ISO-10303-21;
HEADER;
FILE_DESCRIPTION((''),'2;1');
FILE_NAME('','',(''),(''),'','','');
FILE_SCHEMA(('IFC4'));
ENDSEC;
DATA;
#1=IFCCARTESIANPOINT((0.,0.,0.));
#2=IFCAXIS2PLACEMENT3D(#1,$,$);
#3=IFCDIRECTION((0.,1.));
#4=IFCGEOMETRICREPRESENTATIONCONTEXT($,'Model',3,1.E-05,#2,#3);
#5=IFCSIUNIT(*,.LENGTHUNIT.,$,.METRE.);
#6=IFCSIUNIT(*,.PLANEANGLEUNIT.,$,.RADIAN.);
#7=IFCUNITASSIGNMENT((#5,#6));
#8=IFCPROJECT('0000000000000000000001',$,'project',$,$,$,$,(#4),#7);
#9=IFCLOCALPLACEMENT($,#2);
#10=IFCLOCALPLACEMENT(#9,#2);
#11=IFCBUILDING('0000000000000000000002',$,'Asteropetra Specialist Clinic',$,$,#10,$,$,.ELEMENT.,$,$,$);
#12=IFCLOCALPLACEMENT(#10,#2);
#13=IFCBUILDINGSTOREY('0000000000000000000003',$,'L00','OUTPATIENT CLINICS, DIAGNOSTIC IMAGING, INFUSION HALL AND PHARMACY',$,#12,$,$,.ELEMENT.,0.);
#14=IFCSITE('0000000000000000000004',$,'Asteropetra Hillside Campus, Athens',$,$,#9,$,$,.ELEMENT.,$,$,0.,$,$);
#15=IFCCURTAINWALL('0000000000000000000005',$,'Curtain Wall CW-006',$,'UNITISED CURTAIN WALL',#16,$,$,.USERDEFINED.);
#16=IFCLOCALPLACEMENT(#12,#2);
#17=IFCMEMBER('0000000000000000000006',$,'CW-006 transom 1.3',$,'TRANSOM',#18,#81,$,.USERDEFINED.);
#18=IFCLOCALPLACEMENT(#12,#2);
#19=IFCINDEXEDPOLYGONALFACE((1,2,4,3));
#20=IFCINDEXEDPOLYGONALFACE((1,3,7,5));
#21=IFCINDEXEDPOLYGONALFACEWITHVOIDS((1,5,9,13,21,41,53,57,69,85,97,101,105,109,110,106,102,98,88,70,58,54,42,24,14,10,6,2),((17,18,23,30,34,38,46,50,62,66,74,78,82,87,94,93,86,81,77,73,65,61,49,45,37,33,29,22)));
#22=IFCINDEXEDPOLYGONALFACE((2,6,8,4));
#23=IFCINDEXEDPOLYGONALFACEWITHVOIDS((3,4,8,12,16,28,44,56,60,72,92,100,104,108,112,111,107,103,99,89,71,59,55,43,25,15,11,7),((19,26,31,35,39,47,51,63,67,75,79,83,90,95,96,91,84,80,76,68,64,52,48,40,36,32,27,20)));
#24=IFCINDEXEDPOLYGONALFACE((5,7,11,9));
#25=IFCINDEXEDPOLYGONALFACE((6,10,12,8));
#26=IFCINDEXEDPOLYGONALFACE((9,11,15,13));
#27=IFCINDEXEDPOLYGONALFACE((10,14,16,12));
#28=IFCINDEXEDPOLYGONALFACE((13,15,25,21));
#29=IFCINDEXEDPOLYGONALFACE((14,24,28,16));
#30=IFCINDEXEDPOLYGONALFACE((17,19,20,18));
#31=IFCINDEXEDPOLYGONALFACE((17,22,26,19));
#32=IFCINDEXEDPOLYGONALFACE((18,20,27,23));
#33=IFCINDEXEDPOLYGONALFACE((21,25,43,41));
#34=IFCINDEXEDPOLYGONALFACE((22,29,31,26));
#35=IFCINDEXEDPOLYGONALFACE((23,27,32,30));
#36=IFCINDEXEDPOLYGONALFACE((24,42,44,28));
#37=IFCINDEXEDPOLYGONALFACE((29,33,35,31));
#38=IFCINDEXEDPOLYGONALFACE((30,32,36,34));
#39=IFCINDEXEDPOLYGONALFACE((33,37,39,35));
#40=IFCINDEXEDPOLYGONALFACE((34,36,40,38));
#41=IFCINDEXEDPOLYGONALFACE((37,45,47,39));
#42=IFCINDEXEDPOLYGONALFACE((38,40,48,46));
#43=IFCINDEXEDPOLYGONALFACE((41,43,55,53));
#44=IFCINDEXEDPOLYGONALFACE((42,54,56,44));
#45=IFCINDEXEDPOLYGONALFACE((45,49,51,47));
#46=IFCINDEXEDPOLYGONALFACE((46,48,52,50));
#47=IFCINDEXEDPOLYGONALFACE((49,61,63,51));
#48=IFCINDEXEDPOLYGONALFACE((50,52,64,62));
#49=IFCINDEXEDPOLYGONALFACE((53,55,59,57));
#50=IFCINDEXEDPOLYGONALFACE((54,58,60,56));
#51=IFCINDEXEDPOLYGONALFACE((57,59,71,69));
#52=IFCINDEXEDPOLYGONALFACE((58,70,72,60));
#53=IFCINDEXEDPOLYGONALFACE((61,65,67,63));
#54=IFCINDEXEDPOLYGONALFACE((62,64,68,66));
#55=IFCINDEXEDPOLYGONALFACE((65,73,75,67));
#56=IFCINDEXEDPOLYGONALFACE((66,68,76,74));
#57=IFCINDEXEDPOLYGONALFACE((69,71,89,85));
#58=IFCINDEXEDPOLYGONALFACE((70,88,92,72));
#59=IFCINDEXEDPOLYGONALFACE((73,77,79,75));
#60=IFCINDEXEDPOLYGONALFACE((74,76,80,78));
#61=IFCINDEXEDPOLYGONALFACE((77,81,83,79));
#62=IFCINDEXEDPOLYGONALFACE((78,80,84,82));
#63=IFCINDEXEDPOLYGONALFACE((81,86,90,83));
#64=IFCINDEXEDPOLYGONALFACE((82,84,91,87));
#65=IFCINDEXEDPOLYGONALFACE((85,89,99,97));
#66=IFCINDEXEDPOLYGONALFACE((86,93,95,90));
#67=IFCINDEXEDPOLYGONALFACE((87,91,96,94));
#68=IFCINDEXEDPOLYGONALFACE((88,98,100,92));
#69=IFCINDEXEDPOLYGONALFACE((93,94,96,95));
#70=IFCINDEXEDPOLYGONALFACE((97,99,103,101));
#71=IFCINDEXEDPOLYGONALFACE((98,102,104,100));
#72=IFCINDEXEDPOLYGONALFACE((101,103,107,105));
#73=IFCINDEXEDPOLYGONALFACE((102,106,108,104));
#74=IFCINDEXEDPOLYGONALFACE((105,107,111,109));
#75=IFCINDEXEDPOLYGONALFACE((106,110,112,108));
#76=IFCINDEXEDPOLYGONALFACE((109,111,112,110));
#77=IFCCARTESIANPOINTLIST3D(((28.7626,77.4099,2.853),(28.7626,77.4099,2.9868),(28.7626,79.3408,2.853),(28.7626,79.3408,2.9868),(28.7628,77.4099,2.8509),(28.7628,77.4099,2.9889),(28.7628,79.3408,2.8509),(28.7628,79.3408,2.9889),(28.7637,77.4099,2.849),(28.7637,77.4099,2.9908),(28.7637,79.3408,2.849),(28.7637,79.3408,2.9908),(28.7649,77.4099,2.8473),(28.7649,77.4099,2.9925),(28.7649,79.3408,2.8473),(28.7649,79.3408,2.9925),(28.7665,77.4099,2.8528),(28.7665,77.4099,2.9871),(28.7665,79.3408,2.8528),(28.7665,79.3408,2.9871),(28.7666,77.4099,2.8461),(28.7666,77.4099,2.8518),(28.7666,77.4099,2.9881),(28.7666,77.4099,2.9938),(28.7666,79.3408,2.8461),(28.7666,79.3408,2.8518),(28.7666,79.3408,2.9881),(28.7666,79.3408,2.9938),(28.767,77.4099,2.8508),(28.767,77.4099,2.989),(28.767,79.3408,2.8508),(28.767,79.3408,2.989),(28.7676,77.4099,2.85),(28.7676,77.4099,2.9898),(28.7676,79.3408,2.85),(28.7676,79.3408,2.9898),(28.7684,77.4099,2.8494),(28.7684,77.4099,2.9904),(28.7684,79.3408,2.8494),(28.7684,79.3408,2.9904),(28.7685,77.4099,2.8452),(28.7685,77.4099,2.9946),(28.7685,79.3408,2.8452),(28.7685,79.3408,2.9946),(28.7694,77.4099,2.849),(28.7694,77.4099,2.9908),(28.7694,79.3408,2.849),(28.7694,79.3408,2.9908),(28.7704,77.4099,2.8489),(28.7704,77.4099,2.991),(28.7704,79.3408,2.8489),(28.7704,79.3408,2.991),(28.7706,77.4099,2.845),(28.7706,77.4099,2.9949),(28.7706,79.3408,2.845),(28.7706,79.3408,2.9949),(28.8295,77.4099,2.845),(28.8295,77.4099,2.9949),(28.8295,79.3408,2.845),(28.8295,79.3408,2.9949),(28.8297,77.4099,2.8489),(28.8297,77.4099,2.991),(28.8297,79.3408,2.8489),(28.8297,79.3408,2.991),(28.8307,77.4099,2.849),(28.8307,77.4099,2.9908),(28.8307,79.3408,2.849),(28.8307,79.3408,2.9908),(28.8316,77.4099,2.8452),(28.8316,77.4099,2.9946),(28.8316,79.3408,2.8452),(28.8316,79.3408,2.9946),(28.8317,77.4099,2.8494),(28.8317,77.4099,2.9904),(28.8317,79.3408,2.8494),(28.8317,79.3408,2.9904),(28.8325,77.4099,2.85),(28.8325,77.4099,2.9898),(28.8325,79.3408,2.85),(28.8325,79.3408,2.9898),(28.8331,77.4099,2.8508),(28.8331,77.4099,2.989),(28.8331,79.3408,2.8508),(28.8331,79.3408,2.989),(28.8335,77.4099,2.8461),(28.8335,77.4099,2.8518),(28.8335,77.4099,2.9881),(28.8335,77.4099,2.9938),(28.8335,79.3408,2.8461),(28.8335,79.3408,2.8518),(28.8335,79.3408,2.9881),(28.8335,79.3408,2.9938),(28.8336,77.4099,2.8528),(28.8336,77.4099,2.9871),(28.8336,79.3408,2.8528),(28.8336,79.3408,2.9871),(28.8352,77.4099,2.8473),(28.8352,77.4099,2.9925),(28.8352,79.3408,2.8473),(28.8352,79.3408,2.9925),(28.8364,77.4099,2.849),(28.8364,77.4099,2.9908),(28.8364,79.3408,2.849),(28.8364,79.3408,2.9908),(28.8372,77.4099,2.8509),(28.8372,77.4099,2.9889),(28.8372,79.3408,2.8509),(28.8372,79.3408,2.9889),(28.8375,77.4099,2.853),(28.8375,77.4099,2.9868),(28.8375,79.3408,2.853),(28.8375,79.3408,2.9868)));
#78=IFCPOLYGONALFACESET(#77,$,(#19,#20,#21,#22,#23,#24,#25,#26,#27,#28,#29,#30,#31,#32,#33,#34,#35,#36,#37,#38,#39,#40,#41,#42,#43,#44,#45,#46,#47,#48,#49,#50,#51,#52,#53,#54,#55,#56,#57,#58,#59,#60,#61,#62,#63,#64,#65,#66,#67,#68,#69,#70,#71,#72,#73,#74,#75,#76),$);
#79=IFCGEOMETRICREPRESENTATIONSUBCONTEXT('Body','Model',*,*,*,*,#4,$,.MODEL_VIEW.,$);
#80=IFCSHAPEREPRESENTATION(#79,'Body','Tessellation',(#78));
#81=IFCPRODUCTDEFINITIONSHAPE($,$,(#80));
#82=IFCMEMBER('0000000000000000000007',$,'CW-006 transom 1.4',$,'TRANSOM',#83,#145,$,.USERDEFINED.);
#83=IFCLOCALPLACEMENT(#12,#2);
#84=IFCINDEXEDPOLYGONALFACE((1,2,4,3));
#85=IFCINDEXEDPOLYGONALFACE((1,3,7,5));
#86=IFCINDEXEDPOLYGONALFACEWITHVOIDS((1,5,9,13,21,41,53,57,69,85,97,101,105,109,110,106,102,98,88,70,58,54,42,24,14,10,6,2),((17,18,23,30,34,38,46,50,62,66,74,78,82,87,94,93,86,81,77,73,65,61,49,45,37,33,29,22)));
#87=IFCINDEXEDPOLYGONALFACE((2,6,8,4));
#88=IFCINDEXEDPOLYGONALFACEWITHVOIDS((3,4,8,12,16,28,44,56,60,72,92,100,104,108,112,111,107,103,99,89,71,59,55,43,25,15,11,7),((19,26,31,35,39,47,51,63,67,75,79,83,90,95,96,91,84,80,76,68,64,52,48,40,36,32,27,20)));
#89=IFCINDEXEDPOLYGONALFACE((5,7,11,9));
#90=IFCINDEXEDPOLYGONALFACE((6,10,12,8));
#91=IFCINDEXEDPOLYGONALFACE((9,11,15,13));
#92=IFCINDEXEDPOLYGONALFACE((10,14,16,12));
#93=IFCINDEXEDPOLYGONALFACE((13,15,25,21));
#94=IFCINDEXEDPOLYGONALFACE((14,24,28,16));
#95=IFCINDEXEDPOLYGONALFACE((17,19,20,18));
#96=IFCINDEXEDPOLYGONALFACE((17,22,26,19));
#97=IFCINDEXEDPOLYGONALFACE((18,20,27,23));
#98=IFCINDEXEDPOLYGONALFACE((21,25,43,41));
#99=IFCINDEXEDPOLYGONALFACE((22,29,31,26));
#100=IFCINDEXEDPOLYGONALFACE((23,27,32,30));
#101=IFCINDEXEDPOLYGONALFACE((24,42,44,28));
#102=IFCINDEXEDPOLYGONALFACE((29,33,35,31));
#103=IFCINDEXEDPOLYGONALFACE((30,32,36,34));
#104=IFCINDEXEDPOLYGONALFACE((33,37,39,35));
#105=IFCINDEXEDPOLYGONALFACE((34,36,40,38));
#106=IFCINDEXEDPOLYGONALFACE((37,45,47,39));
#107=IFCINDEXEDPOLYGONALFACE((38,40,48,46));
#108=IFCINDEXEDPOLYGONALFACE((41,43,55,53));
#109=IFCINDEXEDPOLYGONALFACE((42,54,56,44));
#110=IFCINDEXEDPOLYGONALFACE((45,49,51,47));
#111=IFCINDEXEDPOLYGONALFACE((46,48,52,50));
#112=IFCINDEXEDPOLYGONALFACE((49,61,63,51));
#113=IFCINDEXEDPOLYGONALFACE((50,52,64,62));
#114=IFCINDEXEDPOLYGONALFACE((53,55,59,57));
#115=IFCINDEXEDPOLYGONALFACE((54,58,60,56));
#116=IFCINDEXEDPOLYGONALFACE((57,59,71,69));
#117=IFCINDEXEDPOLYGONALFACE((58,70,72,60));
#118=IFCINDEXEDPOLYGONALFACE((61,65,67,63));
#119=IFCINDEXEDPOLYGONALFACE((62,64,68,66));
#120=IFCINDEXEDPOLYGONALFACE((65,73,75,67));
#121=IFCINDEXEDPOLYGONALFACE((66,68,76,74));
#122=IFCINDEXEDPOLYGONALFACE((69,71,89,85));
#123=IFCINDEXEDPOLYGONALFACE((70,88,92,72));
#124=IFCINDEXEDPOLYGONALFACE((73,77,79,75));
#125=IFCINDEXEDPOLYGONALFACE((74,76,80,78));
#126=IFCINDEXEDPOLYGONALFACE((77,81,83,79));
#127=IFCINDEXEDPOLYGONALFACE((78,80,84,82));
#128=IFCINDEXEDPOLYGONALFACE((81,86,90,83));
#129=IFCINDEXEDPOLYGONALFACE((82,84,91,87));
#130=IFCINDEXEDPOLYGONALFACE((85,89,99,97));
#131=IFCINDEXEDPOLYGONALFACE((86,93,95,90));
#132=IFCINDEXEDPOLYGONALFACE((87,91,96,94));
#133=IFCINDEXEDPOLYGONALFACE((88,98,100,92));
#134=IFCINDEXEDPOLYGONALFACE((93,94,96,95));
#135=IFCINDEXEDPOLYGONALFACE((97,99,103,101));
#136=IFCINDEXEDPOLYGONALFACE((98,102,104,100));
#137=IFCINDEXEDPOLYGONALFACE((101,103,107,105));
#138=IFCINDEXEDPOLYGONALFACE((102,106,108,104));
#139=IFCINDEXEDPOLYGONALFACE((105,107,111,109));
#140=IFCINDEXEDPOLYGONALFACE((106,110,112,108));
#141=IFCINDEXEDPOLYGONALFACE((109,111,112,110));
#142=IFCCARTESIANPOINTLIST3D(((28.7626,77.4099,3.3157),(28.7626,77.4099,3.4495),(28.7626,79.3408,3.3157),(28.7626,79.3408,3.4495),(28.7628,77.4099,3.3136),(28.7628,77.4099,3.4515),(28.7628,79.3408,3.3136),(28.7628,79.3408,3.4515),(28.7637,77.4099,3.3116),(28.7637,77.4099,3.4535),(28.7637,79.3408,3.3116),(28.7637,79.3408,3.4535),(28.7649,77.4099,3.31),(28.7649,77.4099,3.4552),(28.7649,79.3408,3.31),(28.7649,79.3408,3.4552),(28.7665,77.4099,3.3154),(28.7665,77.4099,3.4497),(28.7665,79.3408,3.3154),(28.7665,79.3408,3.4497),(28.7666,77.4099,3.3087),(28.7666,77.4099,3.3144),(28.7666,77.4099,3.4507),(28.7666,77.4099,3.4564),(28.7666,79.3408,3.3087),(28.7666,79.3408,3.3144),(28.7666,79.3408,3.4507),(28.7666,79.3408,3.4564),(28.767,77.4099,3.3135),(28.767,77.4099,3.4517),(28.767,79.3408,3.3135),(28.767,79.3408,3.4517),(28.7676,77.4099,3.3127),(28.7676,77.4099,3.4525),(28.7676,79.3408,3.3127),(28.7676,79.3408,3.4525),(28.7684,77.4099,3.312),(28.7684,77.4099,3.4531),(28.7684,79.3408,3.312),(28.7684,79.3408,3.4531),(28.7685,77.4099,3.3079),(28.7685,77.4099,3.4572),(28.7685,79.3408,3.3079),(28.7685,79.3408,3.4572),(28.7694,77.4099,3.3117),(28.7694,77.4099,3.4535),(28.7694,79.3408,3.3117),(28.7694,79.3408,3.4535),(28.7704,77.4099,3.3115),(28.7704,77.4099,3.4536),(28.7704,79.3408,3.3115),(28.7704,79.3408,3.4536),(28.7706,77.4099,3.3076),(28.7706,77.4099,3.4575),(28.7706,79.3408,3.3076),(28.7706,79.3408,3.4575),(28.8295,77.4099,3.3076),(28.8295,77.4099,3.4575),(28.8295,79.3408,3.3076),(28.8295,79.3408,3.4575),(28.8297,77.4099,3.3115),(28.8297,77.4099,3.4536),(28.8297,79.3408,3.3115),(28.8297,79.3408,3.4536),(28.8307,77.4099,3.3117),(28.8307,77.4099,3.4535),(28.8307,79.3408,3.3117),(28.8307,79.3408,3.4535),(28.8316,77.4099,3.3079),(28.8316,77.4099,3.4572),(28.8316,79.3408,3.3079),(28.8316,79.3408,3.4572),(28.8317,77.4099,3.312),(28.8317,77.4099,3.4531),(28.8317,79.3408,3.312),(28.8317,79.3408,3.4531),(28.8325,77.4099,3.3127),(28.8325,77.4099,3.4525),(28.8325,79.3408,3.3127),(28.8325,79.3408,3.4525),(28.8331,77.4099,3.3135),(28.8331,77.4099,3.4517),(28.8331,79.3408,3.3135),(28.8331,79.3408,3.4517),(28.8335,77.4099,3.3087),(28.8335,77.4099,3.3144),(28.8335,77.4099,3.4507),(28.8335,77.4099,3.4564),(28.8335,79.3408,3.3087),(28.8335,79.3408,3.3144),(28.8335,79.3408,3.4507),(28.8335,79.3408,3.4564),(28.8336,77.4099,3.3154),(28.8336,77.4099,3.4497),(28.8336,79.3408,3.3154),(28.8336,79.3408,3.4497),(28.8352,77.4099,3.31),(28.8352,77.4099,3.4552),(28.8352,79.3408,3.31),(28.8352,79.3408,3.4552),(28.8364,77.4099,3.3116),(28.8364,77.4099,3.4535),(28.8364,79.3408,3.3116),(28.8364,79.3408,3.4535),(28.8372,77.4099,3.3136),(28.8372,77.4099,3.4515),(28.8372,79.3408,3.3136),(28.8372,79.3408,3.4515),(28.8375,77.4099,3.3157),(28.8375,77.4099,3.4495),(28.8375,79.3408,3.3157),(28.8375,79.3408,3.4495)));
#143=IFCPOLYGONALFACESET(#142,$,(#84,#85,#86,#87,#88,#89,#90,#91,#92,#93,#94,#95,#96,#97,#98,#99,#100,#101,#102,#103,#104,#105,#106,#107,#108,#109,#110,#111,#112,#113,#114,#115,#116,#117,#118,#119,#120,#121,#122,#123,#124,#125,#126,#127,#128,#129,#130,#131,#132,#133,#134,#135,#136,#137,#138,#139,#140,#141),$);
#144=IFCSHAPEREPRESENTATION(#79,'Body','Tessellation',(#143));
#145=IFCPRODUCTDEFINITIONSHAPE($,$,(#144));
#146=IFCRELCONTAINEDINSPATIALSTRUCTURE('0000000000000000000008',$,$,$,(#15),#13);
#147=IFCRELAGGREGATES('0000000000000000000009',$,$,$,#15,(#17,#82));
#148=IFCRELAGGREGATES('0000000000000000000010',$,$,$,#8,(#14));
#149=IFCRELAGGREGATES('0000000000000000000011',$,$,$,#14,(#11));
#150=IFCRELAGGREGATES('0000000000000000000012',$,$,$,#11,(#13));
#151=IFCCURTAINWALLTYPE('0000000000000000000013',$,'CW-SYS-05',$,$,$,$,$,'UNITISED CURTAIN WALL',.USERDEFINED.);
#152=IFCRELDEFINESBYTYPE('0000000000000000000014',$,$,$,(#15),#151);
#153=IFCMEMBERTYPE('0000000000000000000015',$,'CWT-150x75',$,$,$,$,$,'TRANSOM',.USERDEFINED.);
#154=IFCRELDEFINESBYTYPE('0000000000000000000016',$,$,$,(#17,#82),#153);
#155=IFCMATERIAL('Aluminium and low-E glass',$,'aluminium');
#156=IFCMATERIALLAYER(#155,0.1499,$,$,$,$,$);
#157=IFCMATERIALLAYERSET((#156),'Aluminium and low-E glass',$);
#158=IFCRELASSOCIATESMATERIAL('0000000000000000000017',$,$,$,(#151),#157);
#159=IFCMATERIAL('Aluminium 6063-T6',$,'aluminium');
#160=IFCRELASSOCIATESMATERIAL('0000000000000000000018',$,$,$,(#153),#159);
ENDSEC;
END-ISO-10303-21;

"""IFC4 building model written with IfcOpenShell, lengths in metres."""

from ifc_helpers import new_model, si_unit, direction, frame, origin, origin_2d, place, context, subcontext, project, spatial, hollow_rectangle, extrude, material, layer, layer_set, material_profile, profile_set, type_object, element, aggregate, save


model = new_model("IFC4")

# Units and contexts
model_context = context("Model", 3, precision=1e-05, world=origin(), true_north=direction((0.0, 1.0)))
body_context = subcontext(model_context, "Body", "Model", "MODEL_VIEW")
ifc_project = project(units=[si_unit("LENGTHUNIT", "METRE"), si_unit("PLANEANGLEUNIT", "RADIAN")], contexts=[model_context])

# Site, building, storey
site_placement = place(None, origin())
site = spatial("IfcSite", under=ifc_project, at=site_placement, Name="Asteropetra Hillside Campus, Athens", CompositionType="ELEMENT", RefElevation=0.0)
building_placement = place(site_placement, origin())
building = spatial("IfcBuilding", under=site, at=building_placement, Name="Asteropetra Specialist Clinic", CompositionType="ELEMENT")
storey_placement = place(building_placement, origin())
storey = spatial("IfcBuildingStorey", under=building, at=storey_placement, Name="L00", Description="OUTPATIENT CLINICS, DIAGNOSTIC IMAGING, INFUSION HALL AND PHARMACY", CompositionType="ELEMENT", Elevation=0.0)

# Curtain wall, members
ifc_material_1 = material(Name="Aluminium and low-E glass", Category="aluminium")
ifc_layer_1 = layer(ifc_material_1, 0.1499)
ifc_layer_set_1 = layer_set([ifc_layer_1], Name="Aluminium and low-E glass")
curtain_wall_type_1 = type_object("IfcCurtainWallType", Name="CW-SYS-05", ElementType="UNITISED CURTAIN WALL", PredefinedType="USERDEFINED", material=ifc_layer_set_1)
curtain_wall_1_placement = place(storey_placement, origin())
curtain_wall_1 = element("IfcCurtainWall", 1, at=curtain_wall_1_placement, inside=storey, type_object=curtain_wall_type_1, Name="Curtain Wall CW-006", ObjectType="UNITISED CURTAIN WALL", PredefinedType="USERDEFINED")
ifc_material_2 = material(Name="Aluminium 6063-T6", Category="aluminium")
ifc_material_profile_1 = material_profile(ifc_material_2, hollow_rectangle(XDim=0.075, YDim=0.1499, WallThickness=0.0039, InnerFilletRadius=0.0039, OuterFilletRadius=0.0081, at=origin_2d()), Name="TRN 150x75x4.0")
ifc_profile_set_1 = profile_set([ifc_material_profile_1], Name="Aluminium 6063-T6")
member_type_1 = type_object("IfcMemberType", Name="CWT-150x75", ElementType="TRANSOM", PredefinedType="USERDEFINED", material=ifc_profile_set_1)
member_1_placement = place(storey_placement, frame((28.8, 77.4099, 2.9199), z_axis=(0.0, 1.0, 0.0), x_axis=(-1.0, 0.0, 0.0)))
member_1 = element("IfcMember", 2, at=member_1_placement, type_object=member_type_1, Name="CW-006 transom 1.3", ObjectType="TRANSOM", PredefinedType="USERDEFINED", context=body_context, shape_type="SweptSolid", body=[
    extrude(hollow_rectangle(XDim=0.075, YDim=0.1499, WallThickness=0.0039, InnerFilletRadius=0.0039, OuterFilletRadius=0.0081, at=origin_2d()), origin(), (0.0, 0.0, 1.0), 1.9309),
])
member_2_placement = place(storey_placement, frame((28.8, 77.4099, 3.3826), z_axis=(0.0, 1.0, 0.0), x_axis=(-1.0, 0.0, 0.0)))
member_2 = element("IfcMember", 3, at=member_2_placement, type_object=member_type_1, Name="CW-006 transom 1.4", ObjectType="TRANSOM", PredefinedType="USERDEFINED", context=body_context, shape_type="SweptSolid", body=[
    extrude(hollow_rectangle(XDim=0.075, YDim=0.1499, WallThickness=0.0039, InnerFilletRadius=0.0039, OuterFilletRadius=0.0081, at=origin_2d()), origin(), (0.0, 0.0, 1.0), 1.9309),
])
aggregate(curtain_wall_1, [member_1, member_2])

save(model, "model.ifc")
